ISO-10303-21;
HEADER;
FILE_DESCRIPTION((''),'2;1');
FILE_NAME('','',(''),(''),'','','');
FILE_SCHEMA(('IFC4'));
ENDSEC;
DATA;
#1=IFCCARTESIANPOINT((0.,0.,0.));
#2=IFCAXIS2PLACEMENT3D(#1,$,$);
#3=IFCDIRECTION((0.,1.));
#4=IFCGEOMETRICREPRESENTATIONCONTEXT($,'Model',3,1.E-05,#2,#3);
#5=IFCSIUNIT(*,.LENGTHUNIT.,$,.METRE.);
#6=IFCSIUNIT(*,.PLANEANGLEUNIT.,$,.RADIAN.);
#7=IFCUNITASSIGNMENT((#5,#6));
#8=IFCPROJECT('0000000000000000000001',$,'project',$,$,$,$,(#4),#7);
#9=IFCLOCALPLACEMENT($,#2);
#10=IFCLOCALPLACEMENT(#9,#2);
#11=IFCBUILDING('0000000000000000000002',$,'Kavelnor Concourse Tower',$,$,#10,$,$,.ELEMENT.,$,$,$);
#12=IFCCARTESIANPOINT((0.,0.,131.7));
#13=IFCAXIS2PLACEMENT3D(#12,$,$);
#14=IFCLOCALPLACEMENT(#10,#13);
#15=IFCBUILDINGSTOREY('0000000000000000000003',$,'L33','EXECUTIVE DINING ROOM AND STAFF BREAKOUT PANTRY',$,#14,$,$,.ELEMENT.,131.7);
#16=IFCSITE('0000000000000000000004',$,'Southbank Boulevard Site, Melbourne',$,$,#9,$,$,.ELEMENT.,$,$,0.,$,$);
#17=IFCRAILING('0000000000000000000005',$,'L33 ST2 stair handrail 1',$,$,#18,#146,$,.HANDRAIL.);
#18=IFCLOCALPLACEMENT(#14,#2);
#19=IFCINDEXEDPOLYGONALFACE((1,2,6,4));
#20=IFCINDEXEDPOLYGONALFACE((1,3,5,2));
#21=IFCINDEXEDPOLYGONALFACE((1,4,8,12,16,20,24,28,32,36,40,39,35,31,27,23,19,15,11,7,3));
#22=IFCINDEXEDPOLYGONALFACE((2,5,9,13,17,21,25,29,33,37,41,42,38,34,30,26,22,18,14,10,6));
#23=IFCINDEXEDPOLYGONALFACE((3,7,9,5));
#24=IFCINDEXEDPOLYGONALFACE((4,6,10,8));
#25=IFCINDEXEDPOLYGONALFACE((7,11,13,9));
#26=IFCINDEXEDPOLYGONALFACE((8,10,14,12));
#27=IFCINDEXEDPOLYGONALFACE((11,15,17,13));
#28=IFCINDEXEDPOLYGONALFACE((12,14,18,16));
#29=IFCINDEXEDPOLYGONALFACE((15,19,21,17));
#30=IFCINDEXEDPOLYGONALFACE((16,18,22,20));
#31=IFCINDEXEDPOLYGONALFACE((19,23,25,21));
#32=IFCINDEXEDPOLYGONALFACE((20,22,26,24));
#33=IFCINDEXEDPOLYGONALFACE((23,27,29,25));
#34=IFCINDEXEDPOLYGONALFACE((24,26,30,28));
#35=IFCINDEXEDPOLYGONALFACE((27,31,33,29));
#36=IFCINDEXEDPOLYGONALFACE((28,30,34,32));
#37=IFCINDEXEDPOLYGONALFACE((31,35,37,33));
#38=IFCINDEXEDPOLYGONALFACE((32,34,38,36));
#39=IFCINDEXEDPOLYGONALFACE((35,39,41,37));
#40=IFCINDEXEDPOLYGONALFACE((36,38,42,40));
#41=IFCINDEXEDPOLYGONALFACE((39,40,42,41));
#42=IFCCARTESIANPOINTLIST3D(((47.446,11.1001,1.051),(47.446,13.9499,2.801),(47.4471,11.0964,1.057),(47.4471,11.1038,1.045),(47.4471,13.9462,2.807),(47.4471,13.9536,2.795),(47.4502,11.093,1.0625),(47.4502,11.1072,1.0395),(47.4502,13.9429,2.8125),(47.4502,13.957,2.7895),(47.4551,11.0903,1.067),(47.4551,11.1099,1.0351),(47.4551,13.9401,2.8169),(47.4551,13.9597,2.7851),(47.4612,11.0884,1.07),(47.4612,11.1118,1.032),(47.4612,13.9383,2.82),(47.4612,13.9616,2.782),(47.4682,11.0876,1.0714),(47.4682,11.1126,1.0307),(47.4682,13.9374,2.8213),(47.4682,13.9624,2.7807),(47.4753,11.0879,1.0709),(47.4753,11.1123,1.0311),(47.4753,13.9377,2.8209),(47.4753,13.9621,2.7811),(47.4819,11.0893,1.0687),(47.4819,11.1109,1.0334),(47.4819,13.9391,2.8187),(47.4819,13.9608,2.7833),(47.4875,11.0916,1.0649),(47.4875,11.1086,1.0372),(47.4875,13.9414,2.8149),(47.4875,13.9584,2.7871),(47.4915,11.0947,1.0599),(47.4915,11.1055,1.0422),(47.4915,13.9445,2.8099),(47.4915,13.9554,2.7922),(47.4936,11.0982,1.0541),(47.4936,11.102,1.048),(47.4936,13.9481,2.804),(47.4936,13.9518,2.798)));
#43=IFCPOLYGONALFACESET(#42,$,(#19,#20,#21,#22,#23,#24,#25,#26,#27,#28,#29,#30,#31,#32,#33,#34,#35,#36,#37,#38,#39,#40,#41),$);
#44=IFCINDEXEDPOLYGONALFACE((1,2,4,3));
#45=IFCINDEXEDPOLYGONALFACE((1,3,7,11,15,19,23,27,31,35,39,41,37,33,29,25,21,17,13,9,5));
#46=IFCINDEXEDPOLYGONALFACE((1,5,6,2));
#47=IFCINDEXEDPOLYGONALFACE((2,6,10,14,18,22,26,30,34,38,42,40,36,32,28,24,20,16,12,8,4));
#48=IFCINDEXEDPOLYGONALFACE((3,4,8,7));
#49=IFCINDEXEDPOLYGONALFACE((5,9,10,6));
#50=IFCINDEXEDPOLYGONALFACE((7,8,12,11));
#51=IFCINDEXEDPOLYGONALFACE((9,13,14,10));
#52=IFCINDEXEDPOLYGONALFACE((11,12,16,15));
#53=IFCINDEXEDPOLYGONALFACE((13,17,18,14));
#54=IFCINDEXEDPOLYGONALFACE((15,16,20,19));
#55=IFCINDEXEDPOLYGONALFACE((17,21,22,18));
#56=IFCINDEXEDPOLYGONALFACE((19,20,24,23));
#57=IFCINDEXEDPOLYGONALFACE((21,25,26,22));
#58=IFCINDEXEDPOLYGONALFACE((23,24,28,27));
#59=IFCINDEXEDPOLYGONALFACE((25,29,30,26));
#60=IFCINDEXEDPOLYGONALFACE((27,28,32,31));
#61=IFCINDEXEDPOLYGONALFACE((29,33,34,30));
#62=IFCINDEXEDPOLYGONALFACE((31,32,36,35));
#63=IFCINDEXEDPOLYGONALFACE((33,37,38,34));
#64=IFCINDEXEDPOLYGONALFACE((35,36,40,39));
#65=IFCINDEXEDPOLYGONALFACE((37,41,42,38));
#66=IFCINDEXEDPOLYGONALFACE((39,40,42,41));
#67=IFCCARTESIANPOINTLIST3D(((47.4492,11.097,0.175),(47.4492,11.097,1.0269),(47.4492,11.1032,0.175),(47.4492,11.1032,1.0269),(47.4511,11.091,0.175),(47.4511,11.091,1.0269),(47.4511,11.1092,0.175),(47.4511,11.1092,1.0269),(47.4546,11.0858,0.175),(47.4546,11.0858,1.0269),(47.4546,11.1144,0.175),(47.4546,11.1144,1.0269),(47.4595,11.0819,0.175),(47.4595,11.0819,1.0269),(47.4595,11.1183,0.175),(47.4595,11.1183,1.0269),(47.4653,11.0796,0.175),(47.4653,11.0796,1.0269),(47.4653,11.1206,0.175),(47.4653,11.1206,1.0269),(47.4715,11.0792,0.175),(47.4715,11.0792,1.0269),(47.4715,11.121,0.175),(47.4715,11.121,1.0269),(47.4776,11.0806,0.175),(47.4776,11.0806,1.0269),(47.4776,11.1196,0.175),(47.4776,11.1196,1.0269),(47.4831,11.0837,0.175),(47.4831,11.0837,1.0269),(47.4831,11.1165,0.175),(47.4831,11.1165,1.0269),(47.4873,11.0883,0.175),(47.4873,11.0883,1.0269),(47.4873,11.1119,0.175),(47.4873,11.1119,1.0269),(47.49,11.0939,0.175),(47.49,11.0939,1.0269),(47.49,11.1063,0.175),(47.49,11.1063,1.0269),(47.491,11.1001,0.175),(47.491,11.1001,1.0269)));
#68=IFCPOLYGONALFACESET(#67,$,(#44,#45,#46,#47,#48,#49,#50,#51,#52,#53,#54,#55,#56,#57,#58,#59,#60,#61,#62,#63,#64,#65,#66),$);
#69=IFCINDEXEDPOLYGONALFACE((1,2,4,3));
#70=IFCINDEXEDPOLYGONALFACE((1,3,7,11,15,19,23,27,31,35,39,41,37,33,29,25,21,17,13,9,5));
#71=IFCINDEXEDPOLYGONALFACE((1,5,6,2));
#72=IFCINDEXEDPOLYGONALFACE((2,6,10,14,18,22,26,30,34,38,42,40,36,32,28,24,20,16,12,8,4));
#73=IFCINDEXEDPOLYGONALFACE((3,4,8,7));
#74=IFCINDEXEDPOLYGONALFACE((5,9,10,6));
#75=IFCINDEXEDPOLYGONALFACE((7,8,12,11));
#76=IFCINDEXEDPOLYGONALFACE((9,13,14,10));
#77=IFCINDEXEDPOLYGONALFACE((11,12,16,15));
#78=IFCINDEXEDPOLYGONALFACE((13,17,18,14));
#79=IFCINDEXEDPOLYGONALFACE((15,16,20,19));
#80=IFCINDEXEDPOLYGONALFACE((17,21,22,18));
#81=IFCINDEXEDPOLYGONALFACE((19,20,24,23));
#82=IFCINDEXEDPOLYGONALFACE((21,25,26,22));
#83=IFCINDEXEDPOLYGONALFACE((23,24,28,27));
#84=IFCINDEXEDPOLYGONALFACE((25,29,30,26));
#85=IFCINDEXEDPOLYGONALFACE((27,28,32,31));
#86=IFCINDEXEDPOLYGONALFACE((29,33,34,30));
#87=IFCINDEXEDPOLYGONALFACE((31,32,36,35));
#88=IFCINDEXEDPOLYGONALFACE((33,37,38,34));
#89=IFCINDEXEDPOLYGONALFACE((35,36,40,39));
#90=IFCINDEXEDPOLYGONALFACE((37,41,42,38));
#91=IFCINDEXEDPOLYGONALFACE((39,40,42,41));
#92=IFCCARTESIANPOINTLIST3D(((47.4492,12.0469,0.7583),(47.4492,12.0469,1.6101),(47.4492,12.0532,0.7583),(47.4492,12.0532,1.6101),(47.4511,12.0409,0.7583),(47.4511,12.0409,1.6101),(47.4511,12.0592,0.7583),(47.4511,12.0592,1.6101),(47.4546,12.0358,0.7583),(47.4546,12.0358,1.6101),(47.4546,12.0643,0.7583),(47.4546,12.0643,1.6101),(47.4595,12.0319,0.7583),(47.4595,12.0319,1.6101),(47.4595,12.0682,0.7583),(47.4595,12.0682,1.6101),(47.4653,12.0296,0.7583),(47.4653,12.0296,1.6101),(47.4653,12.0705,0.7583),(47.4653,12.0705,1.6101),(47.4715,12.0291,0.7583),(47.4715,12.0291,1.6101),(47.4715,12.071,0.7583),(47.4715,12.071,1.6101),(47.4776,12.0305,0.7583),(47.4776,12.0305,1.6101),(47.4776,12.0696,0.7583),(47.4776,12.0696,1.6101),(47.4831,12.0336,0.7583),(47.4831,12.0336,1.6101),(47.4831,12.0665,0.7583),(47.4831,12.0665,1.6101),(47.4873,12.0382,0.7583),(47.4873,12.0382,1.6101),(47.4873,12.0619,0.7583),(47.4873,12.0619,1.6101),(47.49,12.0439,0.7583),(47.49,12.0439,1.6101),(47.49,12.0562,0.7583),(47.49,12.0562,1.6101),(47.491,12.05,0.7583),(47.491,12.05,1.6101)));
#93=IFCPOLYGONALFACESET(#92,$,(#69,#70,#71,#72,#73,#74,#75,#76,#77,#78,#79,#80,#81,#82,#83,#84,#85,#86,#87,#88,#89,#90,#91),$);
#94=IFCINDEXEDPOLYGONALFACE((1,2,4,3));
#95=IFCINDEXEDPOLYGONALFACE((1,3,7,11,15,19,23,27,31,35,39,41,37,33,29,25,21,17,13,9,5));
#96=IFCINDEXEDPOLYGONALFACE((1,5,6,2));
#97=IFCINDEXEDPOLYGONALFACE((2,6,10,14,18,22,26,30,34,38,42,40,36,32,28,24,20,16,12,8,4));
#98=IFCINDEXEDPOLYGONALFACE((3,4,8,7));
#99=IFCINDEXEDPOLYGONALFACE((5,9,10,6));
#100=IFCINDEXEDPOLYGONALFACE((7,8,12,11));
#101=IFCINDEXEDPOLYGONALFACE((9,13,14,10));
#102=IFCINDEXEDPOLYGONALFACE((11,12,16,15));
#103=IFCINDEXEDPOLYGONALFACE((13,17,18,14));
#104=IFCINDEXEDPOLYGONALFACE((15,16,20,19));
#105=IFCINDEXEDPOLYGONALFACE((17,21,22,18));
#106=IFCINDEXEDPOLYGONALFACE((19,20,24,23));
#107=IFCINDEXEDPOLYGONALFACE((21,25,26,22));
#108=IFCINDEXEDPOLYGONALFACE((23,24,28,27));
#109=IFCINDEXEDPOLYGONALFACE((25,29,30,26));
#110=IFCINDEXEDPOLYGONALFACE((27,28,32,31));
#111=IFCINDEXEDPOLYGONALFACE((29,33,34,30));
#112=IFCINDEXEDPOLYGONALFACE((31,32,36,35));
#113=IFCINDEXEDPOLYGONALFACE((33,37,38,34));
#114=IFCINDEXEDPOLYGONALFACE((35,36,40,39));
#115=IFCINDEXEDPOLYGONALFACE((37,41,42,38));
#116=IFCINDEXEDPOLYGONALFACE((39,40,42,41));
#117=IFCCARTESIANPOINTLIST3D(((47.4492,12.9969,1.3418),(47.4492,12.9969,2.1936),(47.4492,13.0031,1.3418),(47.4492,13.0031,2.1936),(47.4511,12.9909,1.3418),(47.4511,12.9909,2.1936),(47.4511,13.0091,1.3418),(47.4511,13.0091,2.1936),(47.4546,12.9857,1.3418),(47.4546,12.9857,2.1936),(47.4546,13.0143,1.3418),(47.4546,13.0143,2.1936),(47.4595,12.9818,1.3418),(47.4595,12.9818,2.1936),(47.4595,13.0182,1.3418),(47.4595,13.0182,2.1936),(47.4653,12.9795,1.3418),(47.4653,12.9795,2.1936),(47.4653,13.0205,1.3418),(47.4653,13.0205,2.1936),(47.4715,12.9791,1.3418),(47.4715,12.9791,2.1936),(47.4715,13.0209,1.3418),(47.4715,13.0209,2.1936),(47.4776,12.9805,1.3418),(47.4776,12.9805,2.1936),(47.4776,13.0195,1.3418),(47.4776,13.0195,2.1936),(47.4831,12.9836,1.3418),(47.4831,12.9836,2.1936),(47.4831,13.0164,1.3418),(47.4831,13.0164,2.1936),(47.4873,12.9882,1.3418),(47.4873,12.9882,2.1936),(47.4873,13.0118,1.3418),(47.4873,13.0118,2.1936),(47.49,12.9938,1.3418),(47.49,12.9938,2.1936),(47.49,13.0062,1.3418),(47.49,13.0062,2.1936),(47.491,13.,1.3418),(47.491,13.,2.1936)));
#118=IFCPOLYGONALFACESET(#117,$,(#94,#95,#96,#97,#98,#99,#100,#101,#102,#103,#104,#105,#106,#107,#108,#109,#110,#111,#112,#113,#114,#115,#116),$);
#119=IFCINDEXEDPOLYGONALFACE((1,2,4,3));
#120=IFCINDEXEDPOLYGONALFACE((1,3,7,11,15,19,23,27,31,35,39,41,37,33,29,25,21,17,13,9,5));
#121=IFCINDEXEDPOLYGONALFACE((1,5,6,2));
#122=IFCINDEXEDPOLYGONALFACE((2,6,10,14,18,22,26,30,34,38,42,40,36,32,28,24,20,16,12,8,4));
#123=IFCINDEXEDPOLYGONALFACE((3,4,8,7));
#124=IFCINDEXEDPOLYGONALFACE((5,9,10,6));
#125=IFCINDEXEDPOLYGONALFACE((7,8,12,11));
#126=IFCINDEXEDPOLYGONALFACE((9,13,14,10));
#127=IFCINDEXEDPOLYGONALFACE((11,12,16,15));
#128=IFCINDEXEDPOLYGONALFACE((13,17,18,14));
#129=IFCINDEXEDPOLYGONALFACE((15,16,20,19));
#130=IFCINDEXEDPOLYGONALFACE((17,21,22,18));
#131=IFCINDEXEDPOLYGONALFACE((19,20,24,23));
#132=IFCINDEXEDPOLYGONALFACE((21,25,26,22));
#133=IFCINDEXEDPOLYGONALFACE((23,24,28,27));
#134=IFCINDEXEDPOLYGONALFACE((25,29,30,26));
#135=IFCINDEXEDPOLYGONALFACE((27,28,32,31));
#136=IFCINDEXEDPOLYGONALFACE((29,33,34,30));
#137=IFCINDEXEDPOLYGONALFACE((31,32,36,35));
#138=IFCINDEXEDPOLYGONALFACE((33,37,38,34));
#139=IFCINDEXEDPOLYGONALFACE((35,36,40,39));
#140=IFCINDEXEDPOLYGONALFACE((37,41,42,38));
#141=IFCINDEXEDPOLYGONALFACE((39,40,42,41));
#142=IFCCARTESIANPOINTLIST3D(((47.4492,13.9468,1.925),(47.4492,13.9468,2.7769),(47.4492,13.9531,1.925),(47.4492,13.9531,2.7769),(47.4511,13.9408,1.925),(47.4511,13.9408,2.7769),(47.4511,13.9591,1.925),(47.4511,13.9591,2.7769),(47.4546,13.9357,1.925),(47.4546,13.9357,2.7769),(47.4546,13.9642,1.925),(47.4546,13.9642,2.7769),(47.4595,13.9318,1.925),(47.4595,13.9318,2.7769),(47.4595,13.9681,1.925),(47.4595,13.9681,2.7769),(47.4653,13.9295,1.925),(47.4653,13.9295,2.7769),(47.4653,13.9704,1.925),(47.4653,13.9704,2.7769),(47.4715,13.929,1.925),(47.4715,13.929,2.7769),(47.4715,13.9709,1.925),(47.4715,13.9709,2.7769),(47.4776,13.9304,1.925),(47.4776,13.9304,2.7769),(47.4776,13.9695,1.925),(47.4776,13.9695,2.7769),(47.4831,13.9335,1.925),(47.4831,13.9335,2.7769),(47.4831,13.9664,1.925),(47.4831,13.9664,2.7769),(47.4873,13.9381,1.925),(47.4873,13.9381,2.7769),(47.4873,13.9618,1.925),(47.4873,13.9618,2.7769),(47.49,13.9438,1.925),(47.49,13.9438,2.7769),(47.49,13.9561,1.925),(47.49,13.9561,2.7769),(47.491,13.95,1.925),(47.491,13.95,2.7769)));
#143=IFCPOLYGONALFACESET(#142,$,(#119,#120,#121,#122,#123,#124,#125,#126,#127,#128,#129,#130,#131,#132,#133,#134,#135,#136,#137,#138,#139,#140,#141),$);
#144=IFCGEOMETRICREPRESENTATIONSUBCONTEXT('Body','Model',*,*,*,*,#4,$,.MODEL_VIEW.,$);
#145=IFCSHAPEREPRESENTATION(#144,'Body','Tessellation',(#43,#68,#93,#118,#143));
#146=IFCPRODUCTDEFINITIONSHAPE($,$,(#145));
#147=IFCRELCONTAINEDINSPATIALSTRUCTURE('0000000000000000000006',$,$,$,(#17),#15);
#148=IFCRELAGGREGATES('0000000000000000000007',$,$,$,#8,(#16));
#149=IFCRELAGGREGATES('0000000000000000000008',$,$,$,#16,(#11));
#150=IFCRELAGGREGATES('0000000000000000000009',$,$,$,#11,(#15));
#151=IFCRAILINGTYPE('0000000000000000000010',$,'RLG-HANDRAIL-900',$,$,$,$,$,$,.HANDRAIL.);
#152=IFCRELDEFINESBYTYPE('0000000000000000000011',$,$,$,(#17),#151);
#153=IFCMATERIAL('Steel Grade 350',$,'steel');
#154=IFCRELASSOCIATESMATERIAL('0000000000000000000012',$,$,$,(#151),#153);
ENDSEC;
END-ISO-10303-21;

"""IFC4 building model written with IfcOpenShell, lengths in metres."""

from ifc_helpers import new_model, si_unit, direction, frame, origin, origin_2d, place, context, subcontext, project, spatial, circle, extrude, material, type_object, element, save


model = new_model("IFC4")

# Units and contexts
model_context = context("Model", 3, precision=1e-05, world=origin(), true_north=direction((0.0, 1.0)))
body_context = subcontext(model_context, "Body", "Model", "MODEL_VIEW")
ifc_project = project(units=[si_unit("LENGTHUNIT", "METRE"), si_unit("PLANEANGLEUNIT", "RADIAN")], contexts=[model_context])

# Site, building, storey
site_placement = place(None, origin())
site = spatial("IfcSite", under=ifc_project, at=site_placement, Name="Southbank Boulevard Site, Melbourne", CompositionType="ELEMENT", RefElevation=0.0)
building_placement = place(site_placement, origin())
building = spatial("IfcBuilding", under=site, at=building_placement, Name="Kavelnor Concourse Tower", CompositionType="ELEMENT")
storey_placement = place(building_placement, frame((0.0, 0.0, 131.7)))
storey = spatial("IfcBuildingStorey", under=building, at=storey_placement, Name="L33", Description="EXECUTIVE DINING ROOM AND STAFF BREAKOUT PANTRY", CompositionType="ELEMENT", Elevation=131.7)

# Shared definitions
ifc_material_1 = material(Name="Steel Grade 350", Category="steel")

# Railing
railing_type_1 = type_object("IfcRailingType", Name="RLG-HANDRAIL-900", PredefinedType="HANDRAIL", material=ifc_material_1)
railing_1_placement = place(storey_placement, frame((47.47, 11.1001, 0.175)))
element("IfcRailing", 1, at=railing_1_placement, inside=storey, type_object=railing_type_1, Name="L33 ST2 stair handrail 1", PredefinedType="HANDRAIL", context=body_context, shape_type="SweptSolid", body=[
    extrude(circle(Radius=0.0239, at=origin_2d()), frame((0.0, 0.0, 0.876), z_axis=(0.0, 0.852159, 0.523283), x_axis=(-1.0, 0.0, 0.0)), (0.0, 0.0, 1.0), 3.3442),
    extrude(circle(Radius=0.021, at=origin_2d()), origin(), (0.0, 0.0, 1.0), 0.8518),
    extrude(circle(Radius=0.021, at=origin_2d()), frame((0.0, 0.95, 0.5833)), (0.0, 0.0, 1.0), 0.8518),
    extrude(circle(Radius=0.021, at=origin_2d()), frame((0.0, 1.8999, 1.1667)), (0.0, 0.0, 1.0), 0.8518),
    extrude(circle(Radius=0.021, at=origin_2d()), frame((0.0, 2.8499, 1.75)), (0.0, 0.0, 1.0), 0.8518),
])

save(model, "model.ifc")
